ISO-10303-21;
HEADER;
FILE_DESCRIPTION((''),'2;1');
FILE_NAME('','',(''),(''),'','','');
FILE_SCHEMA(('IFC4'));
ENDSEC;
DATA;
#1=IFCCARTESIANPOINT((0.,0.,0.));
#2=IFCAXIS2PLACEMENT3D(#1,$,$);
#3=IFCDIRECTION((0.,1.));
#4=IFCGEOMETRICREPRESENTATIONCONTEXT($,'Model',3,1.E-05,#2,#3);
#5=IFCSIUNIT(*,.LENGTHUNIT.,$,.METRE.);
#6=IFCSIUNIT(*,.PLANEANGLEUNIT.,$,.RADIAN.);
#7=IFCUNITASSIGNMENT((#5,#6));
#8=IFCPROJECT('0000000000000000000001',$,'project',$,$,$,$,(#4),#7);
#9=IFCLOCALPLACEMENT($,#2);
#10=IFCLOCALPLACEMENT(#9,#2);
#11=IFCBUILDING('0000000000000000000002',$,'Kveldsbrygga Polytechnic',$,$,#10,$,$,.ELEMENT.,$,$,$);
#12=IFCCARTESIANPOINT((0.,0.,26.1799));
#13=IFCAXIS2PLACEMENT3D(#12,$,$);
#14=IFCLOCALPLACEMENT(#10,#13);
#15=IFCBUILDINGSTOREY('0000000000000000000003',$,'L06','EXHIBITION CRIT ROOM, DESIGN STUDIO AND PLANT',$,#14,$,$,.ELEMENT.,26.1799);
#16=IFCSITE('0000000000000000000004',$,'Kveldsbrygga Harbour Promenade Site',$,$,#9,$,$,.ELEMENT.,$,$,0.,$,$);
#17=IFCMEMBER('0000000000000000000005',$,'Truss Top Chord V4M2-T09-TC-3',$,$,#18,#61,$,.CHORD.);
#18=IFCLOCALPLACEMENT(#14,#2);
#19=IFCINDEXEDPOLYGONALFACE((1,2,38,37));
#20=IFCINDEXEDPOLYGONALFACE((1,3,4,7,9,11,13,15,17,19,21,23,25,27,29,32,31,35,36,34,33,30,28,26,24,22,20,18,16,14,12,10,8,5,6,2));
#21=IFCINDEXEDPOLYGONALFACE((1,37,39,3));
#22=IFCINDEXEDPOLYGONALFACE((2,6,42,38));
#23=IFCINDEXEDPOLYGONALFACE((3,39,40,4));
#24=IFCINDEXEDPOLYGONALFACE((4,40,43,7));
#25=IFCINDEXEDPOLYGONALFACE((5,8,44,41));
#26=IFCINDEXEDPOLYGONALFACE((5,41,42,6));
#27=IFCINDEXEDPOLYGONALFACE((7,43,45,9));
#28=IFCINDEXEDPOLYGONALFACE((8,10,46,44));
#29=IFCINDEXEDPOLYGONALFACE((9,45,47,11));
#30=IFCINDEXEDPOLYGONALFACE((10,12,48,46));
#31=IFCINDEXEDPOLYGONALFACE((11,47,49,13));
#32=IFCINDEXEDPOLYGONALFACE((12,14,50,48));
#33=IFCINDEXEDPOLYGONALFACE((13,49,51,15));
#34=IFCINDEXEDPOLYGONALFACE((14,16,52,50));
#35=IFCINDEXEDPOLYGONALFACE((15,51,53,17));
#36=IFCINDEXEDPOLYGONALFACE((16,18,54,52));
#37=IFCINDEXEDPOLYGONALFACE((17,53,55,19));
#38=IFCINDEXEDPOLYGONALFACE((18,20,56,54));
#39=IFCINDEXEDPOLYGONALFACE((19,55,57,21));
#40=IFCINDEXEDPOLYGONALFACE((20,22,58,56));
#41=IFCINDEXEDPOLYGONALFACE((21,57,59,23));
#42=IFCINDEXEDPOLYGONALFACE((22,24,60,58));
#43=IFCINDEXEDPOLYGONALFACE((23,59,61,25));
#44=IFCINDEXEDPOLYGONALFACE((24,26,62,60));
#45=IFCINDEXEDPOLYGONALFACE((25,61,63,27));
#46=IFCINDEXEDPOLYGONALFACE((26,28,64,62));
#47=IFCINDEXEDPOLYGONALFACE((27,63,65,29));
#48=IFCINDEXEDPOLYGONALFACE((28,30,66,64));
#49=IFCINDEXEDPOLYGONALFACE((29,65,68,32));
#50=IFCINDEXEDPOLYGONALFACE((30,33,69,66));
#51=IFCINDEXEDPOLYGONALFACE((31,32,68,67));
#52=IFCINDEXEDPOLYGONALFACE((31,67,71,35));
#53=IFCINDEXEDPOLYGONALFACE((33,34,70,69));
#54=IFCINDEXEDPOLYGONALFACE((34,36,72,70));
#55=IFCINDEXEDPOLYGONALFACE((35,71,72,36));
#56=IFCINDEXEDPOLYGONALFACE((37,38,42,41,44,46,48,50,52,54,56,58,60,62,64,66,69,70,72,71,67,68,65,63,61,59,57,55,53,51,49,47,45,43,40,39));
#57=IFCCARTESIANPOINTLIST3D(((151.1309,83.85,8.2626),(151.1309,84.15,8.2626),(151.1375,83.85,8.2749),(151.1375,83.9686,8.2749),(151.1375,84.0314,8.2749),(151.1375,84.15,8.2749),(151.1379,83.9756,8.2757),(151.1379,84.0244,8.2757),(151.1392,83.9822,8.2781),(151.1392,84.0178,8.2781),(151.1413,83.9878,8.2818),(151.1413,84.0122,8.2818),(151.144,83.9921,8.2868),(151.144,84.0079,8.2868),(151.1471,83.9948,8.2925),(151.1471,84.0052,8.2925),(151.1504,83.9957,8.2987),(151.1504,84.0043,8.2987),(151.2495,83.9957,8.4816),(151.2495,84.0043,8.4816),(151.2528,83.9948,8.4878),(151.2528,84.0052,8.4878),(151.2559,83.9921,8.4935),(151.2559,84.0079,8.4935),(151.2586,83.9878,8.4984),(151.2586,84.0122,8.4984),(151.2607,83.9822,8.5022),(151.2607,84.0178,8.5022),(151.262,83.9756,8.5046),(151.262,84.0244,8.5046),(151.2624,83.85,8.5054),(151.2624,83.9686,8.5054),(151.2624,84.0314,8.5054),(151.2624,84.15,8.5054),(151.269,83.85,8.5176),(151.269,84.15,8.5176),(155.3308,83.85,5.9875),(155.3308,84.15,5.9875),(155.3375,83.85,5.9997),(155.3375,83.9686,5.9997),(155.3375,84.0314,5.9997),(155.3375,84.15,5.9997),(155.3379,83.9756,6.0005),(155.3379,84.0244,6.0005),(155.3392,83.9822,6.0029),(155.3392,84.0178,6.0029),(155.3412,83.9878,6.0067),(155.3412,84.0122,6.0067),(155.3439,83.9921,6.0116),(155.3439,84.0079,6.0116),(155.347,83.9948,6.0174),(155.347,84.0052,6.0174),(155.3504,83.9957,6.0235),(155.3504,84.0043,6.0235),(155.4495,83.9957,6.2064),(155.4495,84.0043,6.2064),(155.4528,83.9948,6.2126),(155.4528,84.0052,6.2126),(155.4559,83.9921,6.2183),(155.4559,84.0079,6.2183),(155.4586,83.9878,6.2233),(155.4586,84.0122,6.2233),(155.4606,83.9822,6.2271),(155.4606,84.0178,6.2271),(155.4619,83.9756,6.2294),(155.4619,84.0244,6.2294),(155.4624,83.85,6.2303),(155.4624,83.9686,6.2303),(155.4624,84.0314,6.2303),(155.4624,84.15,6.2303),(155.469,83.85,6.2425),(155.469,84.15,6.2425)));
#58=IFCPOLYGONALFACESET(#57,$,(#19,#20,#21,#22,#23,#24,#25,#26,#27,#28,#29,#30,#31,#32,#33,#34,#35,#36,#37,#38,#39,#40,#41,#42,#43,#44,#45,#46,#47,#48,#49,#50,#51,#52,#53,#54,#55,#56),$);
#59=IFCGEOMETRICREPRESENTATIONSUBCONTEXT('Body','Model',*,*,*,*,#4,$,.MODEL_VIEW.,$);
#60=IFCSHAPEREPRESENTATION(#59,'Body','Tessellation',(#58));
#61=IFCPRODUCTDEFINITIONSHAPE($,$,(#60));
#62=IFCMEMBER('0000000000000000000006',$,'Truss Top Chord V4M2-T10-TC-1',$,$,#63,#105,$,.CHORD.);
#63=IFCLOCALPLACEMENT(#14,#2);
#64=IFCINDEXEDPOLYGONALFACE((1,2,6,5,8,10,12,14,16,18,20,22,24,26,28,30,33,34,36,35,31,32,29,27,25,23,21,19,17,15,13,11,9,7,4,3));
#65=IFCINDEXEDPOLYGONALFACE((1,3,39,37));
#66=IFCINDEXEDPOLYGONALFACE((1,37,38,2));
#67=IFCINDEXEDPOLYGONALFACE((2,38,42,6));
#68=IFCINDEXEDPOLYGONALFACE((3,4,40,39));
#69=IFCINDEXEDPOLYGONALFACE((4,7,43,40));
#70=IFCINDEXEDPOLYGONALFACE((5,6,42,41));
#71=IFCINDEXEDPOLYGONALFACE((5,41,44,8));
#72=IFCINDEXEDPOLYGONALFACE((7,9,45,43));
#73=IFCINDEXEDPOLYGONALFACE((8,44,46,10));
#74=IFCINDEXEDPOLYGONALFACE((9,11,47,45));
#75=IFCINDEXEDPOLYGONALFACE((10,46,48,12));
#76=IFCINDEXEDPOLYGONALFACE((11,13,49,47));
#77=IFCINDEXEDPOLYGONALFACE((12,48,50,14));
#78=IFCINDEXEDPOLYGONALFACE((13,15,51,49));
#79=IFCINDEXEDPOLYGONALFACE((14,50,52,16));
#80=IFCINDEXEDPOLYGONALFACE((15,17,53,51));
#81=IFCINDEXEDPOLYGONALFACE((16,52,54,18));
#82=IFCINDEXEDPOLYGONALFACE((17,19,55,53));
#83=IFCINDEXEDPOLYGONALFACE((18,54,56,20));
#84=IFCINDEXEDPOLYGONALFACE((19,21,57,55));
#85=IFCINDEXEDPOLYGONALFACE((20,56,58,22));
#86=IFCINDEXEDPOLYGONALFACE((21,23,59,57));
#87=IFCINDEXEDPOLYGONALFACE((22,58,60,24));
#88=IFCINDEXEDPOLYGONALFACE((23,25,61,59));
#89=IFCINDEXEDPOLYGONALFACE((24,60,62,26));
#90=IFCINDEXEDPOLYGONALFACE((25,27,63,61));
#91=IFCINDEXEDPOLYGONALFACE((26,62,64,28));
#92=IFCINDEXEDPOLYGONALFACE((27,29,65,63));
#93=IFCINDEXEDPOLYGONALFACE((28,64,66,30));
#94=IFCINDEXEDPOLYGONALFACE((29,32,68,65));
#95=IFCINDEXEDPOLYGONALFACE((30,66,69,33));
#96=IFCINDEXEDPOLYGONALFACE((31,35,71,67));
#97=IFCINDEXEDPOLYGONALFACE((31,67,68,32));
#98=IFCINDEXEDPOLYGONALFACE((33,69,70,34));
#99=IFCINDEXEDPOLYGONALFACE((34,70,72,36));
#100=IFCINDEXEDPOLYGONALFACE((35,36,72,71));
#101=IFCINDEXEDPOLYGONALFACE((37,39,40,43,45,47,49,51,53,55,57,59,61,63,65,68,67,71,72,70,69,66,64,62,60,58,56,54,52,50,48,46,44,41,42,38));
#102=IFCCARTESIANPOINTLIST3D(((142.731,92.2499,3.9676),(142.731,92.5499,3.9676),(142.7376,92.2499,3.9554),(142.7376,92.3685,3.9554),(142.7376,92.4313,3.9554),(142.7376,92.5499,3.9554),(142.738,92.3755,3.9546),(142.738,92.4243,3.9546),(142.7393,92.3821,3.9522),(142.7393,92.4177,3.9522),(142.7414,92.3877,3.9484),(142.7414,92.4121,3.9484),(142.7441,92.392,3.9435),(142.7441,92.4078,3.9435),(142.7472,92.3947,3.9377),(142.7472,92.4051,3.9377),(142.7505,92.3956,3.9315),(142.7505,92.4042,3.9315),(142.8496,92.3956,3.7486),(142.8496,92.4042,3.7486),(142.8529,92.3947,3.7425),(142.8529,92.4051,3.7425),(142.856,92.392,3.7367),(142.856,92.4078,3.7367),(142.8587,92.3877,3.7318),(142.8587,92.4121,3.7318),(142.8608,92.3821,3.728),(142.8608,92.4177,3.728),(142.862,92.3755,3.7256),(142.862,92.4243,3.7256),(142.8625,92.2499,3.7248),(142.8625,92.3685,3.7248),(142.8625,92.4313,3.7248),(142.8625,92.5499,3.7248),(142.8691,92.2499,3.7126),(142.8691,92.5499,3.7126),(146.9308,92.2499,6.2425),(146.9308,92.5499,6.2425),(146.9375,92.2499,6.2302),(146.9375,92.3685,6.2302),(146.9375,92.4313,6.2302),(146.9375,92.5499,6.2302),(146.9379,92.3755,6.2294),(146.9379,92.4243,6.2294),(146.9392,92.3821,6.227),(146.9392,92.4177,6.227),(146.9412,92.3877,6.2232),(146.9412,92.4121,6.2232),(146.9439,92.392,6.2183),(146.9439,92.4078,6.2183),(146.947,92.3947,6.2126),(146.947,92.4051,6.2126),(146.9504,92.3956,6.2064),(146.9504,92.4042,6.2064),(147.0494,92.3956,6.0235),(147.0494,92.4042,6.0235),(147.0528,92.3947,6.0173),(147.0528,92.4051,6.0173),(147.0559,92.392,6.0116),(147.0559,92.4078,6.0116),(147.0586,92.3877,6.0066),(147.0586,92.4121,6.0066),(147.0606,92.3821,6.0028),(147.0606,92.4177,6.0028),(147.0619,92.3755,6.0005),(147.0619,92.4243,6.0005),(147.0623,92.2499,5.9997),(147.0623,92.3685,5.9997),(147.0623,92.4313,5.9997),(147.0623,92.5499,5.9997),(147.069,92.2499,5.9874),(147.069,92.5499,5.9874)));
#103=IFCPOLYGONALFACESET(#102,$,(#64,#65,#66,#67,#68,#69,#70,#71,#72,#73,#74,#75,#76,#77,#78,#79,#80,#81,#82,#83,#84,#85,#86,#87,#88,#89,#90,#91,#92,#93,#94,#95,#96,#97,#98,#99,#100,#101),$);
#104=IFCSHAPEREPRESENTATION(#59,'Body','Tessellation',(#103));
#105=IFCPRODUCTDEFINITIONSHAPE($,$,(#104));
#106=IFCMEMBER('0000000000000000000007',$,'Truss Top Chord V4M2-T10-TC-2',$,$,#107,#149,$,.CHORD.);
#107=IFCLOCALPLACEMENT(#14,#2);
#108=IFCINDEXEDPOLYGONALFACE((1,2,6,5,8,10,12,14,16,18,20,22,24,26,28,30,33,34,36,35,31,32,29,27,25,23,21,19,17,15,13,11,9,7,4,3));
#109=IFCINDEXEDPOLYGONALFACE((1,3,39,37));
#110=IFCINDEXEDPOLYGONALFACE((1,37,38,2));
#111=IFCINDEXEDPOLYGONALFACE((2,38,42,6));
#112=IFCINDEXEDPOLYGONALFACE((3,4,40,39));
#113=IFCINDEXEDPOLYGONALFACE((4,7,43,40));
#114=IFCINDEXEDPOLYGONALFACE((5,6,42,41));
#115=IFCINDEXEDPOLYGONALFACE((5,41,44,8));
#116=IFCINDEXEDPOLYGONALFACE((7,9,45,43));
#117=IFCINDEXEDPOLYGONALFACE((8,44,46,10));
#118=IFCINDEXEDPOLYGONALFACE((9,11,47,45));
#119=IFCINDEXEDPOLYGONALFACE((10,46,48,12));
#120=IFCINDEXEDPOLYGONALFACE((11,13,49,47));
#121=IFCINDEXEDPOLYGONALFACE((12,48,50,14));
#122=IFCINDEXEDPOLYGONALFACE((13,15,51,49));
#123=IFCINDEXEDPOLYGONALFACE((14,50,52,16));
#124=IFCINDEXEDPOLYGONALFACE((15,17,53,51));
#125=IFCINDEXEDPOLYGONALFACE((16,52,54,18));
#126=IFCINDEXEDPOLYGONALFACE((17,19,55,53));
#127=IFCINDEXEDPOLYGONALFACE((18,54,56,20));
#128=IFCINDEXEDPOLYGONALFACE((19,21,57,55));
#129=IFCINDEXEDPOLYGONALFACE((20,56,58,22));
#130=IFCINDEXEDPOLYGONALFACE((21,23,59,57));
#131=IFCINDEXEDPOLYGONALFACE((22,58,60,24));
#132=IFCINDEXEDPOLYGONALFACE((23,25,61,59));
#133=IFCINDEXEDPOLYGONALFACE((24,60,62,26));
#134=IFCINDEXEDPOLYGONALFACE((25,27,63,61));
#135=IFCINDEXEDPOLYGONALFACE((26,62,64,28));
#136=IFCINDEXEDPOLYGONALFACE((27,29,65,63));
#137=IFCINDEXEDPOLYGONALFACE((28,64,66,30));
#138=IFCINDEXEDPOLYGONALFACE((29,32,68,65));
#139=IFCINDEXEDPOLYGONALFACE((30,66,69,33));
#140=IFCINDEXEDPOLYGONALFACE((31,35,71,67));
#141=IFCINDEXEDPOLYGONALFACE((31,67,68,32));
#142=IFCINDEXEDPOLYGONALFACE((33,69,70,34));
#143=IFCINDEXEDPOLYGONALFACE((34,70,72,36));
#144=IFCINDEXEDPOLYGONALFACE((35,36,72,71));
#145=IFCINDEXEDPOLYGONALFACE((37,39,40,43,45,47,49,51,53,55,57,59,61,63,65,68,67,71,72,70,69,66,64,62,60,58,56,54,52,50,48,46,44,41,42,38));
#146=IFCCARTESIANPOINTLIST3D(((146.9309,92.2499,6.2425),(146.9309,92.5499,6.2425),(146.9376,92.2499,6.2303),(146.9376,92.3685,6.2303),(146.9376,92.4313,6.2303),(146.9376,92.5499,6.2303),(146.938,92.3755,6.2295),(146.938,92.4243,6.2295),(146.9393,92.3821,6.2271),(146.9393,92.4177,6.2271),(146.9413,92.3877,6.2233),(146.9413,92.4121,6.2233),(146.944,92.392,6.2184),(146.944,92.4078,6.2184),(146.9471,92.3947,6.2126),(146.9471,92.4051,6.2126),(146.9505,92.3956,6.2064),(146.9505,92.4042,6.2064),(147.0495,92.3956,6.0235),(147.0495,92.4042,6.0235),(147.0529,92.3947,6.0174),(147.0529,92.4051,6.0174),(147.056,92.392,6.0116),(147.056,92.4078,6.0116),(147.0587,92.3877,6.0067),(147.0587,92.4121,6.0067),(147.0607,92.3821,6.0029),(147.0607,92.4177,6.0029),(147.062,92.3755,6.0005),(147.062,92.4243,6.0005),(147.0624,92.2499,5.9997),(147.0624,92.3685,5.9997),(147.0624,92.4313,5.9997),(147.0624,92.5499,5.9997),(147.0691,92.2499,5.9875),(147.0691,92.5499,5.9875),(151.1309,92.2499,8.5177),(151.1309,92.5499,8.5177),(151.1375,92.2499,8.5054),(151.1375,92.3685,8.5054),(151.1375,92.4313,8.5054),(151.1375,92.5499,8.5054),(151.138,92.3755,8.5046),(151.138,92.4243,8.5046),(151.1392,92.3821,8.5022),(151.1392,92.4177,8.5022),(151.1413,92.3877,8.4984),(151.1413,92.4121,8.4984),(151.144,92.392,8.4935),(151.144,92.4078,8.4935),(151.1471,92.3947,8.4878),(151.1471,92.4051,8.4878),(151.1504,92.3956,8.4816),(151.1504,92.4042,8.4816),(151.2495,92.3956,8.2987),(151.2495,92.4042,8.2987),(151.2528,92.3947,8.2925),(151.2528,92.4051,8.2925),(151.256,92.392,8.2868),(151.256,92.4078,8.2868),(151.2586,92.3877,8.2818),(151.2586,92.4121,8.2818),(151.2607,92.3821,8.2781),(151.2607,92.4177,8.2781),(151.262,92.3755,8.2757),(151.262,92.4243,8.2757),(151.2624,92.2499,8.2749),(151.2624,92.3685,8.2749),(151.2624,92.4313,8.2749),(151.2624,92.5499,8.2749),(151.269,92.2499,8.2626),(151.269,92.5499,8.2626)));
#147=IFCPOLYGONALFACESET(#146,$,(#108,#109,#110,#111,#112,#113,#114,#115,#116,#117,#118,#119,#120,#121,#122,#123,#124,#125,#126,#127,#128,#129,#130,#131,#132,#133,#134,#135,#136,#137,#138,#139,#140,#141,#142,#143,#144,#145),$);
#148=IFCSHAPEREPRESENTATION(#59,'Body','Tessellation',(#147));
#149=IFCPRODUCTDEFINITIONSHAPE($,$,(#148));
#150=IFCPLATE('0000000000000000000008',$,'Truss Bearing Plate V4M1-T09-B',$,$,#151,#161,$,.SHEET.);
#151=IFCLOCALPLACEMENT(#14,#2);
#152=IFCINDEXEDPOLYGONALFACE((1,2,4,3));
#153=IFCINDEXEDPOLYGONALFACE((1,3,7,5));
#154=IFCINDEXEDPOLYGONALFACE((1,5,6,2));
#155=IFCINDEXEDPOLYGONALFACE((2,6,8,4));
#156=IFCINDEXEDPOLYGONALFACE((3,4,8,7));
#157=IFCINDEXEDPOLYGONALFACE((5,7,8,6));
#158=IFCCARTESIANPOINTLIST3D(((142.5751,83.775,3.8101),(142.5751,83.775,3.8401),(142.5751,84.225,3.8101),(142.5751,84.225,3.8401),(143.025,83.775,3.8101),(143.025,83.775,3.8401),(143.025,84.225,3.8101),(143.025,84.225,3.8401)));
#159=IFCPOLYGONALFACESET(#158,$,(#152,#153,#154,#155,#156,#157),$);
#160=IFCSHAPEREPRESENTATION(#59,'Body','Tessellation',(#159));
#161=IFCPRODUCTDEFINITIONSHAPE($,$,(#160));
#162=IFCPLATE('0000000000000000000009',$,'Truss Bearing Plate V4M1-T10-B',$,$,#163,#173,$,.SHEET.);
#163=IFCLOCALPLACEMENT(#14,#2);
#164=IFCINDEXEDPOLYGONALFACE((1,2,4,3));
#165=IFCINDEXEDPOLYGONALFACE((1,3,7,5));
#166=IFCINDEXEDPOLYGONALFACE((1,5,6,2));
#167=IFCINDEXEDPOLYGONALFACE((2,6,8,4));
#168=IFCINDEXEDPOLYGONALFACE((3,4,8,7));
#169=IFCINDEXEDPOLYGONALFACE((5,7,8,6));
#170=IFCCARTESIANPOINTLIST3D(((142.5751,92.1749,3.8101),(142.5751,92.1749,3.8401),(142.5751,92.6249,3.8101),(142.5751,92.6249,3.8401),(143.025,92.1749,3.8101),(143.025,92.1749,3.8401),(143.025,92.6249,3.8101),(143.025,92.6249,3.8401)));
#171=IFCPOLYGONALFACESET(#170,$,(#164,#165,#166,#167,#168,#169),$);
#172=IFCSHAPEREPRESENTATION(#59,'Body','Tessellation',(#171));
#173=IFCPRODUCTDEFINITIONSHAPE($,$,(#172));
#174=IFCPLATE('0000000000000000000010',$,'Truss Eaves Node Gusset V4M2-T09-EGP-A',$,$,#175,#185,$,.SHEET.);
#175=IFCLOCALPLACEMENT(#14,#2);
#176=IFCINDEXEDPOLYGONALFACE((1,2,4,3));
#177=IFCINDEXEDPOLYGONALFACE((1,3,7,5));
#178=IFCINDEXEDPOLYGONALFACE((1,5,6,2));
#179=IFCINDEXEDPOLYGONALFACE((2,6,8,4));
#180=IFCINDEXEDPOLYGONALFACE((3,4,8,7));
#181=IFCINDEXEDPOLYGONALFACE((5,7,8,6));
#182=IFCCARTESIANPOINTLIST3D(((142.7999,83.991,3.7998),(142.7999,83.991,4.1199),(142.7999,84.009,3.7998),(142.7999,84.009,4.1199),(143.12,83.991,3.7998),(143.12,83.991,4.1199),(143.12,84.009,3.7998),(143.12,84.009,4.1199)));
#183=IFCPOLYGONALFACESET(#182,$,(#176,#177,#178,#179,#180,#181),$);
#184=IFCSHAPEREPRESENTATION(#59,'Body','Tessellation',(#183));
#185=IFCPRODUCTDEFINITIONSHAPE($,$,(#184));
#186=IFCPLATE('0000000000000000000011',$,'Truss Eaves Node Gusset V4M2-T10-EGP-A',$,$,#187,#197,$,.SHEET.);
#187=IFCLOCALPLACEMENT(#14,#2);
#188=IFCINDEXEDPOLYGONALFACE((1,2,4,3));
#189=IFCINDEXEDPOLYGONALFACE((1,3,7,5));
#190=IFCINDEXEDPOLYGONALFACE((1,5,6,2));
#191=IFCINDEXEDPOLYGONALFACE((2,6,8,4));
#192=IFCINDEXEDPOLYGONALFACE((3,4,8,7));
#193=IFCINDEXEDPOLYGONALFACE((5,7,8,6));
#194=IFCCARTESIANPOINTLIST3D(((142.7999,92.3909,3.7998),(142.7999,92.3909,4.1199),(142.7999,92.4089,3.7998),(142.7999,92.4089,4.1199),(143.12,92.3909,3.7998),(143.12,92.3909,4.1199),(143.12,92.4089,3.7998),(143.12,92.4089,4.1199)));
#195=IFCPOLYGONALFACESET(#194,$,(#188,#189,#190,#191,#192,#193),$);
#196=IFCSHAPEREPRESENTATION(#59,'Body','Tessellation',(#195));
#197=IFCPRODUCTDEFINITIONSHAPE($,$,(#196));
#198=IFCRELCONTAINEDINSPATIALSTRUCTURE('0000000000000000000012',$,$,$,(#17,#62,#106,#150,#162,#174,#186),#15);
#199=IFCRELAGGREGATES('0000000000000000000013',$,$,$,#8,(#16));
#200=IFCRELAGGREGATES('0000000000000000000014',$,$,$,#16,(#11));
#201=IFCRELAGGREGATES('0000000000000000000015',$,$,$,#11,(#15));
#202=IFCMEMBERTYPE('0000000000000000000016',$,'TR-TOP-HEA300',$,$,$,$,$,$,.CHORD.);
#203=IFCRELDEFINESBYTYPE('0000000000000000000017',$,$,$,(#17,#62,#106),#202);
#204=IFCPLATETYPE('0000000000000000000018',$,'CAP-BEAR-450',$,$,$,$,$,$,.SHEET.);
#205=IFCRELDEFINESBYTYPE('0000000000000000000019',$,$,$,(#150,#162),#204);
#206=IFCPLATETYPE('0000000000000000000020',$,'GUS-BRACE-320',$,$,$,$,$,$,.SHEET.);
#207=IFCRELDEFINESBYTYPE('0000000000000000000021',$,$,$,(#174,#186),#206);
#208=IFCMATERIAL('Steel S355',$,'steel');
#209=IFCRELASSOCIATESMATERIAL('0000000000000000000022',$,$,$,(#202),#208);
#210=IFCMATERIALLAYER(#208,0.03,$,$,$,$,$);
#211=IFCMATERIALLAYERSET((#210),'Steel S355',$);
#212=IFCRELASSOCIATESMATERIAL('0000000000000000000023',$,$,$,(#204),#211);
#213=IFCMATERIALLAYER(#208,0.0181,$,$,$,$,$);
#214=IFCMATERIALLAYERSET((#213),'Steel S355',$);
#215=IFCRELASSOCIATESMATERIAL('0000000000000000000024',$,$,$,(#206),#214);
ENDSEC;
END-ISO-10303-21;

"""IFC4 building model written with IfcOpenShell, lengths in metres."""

from ifc_helpers import new_model, si_unit, direction, frame, origin, origin_2d, place, context, subcontext, project, spatial, rectangle, i_section, extrude, material, layer, layer_set, material_profile, profile_set, type_object, element, save


model = new_model("IFC4")

# Units and contexts
model_context = context("Model", 3, precision=1e-05, world=origin(), true_north=direction((0.0, 1.0)))
body_context = subcontext(model_context, "Body", "Model", "MODEL_VIEW")
ifc_project = project(units=[si_unit("LENGTHUNIT", "METRE"), si_unit("PLANEANGLEUNIT", "RADIAN")], contexts=[model_context])

# Site, building, storey
site_placement = place(None, origin())
site = spatial("IfcSite", under=ifc_project, at=site_placement, Name="Kveldsbrygga Harbour Promenade Site", CompositionType="ELEMENT", RefElevation=0.0)
building_placement = place(site_placement, origin())
building = spatial("IfcBuilding", under=site, at=building_placement, Name="Kveldsbrygga Polytechnic", CompositionType="ELEMENT")
storey_placement = place(building_placement, frame((0.0, 0.0, 26.1799)))
storey = spatial("IfcBuildingStorey", under=building, at=storey_placement, Name="L06", Description="EXHIBITION CRIT ROOM, DESIGN STUDIO AND PLANT", CompositionType="ELEMENT", Elevation=26.1799)

# Shared definitions
ifc_material_1 = material(Name="Steel S355", Category="steel")

# Members
ifc_material_profile_1 = material_profile(ifc_material_1, i_section(OverallWidth=0.3, OverallDepth=0.29, WebThickness=0.0085, FlangeThickness=0.0139, FilletRadius=0.0271, at=origin_2d()), Name="HEA 300")
ifc_profile_set_1 = profile_set([ifc_material_profile_1], Name="Steel S355")
member_type_1 = type_object("IfcMemberType", Name="TR-TOP-HEA300", PredefinedType="CHORD", material=ifc_profile_set_1)
for number, where, z_axis, x_axis, name in (
    (1, (151.2, 84.0, 8.3901), (0.879277, 0.0, -0.476311), (0.0, 1.0, 0.0), "Truss Top Chord V4M2-T09-TC-3"),
):
    element("IfcMember", number, at=place(storey_placement, frame(where, z_axis=z_axis, x_axis=x_axis)), inside=storey, type_object=member_type_1, Name=name, PredefinedType="CHORD", context=body_context, shape_type="SweptSolid", body=[
        extrude(i_section(OverallWidth=0.3, OverallDepth=0.29, WebThickness=0.0085, FlangeThickness=0.0139, FilletRadius=0.0271, at=origin_2d()), origin(), (0.0, 0.0, 1.0), 4.7766),
    ])
member_1_placement = place(storey_placement, frame((142.8, 92.3999, 3.8401), z_axis=(0.879298, 0.0, 0.476272), x_axis=(0.0, 1.0, 0.0)))
element("IfcMember", 2, at=member_1_placement, inside=storey, type_object=member_type_1, Name="Truss Top Chord V4M2-T10-TC-1", PredefinedType="CHORD", context=body_context, shape_type="SweptSolid", body=[
    extrude(i_section(OverallWidth=0.3, OverallDepth=0.29, WebThickness=0.0085, FlangeThickness=0.0139, FilletRadius=0.0271, at=origin_2d()), origin(), (0.0, 0.0, 1.0), 4.7764),
])
member_2_placement = place(storey_placement, frame((147.0, 92.3999, 6.115), z_axis=(0.879277, 0.0, 0.476311), x_axis=(0.0, 1.0, 0.0)))
element("IfcMember", 3, at=member_2_placement, inside=storey, type_object=member_type_1, Name="Truss Top Chord V4M2-T10-TC-2", PredefinedType="CHORD", context=body_context, shape_type="SweptSolid", body=[
    extrude(i_section(OverallWidth=0.3, OverallDepth=0.29, WebThickness=0.0085, FlangeThickness=0.0139, FilletRadius=0.0271, at=origin_2d()), origin(), (0.0, 0.0, 1.0), 4.7766),
])

# Plates
ifc_layer_1 = layer(ifc_material_1, 0.03)
ifc_layer_set_1 = layer_set([ifc_layer_1], Name="Steel S355")
plate_type_1 = type_object("IfcPlateType", Name="CAP-BEAR-450", PredefinedType="SHEET", material=ifc_layer_set_1)
for number, where, z_axis, x_axis, name in (
    (4, (142.8, 84.0, 3.8101), (0.0, 0.0, 1.0), (1.0, 0.0, 0.0), "Truss Bearing Plate V4M1-T09-B"),
    (5, (142.8, 92.3999, 3.8101), (0.0, 0.0, 1.0), (1.0, 0.0, 0.0), "Truss Bearing Plate V4M1-T10-B"),
):
    element("IfcPlate", number, at=place(storey_placement, frame(where, z_axis=z_axis, x_axis=x_axis)), inside=storey, type_object=plate_type_1, Name=name, PredefinedType="SHEET", context=body_context, shape_type="SweptSolid", body=[
        extrude(rectangle(XDim=0.45, YDim=0.45, at=origin_2d()), origin(), (0.0, 0.0, 1.0), 0.03),
    ])
ifc_layer_2 = layer(ifc_material_1, 0.0181)
ifc_layer_set_2 = layer_set([ifc_layer_2], Name="Steel S355")
plate_type_2 = type_object("IfcPlateType", Name="GUS-BRACE-320", PredefinedType="SHEET", material=ifc_layer_set_2)
for number, where, z_axis, x_axis, name in (
    (6, (142.96, 84.0, 3.7998), (0.0, 0.0, 1.0), (1.0, 0.0, 0.0), "Truss Eaves Node Gusset V4M2-T09-EGP-A"),
    (7, (142.96, 92.3999, 3.7998), (0.0, 0.0, 1.0), (1.0, 0.0, 0.0), "Truss Eaves Node Gusset V4M2-T10-EGP-A"),
):
    element("IfcPlate", number, at=place(storey_placement, frame(where, z_axis=z_axis, x_axis=x_axis)), inside=storey, type_object=plate_type_2, Name=name, PredefinedType="SHEET", context=body_context, shape_type="SweptSolid", body=[
        extrude(rectangle(XDim=0.3201, YDim=0.0181, at=origin_2d()), origin(), (0.0, 0.0, 1.0), 0.3201),
    ])

save(model, "model.ifc")
